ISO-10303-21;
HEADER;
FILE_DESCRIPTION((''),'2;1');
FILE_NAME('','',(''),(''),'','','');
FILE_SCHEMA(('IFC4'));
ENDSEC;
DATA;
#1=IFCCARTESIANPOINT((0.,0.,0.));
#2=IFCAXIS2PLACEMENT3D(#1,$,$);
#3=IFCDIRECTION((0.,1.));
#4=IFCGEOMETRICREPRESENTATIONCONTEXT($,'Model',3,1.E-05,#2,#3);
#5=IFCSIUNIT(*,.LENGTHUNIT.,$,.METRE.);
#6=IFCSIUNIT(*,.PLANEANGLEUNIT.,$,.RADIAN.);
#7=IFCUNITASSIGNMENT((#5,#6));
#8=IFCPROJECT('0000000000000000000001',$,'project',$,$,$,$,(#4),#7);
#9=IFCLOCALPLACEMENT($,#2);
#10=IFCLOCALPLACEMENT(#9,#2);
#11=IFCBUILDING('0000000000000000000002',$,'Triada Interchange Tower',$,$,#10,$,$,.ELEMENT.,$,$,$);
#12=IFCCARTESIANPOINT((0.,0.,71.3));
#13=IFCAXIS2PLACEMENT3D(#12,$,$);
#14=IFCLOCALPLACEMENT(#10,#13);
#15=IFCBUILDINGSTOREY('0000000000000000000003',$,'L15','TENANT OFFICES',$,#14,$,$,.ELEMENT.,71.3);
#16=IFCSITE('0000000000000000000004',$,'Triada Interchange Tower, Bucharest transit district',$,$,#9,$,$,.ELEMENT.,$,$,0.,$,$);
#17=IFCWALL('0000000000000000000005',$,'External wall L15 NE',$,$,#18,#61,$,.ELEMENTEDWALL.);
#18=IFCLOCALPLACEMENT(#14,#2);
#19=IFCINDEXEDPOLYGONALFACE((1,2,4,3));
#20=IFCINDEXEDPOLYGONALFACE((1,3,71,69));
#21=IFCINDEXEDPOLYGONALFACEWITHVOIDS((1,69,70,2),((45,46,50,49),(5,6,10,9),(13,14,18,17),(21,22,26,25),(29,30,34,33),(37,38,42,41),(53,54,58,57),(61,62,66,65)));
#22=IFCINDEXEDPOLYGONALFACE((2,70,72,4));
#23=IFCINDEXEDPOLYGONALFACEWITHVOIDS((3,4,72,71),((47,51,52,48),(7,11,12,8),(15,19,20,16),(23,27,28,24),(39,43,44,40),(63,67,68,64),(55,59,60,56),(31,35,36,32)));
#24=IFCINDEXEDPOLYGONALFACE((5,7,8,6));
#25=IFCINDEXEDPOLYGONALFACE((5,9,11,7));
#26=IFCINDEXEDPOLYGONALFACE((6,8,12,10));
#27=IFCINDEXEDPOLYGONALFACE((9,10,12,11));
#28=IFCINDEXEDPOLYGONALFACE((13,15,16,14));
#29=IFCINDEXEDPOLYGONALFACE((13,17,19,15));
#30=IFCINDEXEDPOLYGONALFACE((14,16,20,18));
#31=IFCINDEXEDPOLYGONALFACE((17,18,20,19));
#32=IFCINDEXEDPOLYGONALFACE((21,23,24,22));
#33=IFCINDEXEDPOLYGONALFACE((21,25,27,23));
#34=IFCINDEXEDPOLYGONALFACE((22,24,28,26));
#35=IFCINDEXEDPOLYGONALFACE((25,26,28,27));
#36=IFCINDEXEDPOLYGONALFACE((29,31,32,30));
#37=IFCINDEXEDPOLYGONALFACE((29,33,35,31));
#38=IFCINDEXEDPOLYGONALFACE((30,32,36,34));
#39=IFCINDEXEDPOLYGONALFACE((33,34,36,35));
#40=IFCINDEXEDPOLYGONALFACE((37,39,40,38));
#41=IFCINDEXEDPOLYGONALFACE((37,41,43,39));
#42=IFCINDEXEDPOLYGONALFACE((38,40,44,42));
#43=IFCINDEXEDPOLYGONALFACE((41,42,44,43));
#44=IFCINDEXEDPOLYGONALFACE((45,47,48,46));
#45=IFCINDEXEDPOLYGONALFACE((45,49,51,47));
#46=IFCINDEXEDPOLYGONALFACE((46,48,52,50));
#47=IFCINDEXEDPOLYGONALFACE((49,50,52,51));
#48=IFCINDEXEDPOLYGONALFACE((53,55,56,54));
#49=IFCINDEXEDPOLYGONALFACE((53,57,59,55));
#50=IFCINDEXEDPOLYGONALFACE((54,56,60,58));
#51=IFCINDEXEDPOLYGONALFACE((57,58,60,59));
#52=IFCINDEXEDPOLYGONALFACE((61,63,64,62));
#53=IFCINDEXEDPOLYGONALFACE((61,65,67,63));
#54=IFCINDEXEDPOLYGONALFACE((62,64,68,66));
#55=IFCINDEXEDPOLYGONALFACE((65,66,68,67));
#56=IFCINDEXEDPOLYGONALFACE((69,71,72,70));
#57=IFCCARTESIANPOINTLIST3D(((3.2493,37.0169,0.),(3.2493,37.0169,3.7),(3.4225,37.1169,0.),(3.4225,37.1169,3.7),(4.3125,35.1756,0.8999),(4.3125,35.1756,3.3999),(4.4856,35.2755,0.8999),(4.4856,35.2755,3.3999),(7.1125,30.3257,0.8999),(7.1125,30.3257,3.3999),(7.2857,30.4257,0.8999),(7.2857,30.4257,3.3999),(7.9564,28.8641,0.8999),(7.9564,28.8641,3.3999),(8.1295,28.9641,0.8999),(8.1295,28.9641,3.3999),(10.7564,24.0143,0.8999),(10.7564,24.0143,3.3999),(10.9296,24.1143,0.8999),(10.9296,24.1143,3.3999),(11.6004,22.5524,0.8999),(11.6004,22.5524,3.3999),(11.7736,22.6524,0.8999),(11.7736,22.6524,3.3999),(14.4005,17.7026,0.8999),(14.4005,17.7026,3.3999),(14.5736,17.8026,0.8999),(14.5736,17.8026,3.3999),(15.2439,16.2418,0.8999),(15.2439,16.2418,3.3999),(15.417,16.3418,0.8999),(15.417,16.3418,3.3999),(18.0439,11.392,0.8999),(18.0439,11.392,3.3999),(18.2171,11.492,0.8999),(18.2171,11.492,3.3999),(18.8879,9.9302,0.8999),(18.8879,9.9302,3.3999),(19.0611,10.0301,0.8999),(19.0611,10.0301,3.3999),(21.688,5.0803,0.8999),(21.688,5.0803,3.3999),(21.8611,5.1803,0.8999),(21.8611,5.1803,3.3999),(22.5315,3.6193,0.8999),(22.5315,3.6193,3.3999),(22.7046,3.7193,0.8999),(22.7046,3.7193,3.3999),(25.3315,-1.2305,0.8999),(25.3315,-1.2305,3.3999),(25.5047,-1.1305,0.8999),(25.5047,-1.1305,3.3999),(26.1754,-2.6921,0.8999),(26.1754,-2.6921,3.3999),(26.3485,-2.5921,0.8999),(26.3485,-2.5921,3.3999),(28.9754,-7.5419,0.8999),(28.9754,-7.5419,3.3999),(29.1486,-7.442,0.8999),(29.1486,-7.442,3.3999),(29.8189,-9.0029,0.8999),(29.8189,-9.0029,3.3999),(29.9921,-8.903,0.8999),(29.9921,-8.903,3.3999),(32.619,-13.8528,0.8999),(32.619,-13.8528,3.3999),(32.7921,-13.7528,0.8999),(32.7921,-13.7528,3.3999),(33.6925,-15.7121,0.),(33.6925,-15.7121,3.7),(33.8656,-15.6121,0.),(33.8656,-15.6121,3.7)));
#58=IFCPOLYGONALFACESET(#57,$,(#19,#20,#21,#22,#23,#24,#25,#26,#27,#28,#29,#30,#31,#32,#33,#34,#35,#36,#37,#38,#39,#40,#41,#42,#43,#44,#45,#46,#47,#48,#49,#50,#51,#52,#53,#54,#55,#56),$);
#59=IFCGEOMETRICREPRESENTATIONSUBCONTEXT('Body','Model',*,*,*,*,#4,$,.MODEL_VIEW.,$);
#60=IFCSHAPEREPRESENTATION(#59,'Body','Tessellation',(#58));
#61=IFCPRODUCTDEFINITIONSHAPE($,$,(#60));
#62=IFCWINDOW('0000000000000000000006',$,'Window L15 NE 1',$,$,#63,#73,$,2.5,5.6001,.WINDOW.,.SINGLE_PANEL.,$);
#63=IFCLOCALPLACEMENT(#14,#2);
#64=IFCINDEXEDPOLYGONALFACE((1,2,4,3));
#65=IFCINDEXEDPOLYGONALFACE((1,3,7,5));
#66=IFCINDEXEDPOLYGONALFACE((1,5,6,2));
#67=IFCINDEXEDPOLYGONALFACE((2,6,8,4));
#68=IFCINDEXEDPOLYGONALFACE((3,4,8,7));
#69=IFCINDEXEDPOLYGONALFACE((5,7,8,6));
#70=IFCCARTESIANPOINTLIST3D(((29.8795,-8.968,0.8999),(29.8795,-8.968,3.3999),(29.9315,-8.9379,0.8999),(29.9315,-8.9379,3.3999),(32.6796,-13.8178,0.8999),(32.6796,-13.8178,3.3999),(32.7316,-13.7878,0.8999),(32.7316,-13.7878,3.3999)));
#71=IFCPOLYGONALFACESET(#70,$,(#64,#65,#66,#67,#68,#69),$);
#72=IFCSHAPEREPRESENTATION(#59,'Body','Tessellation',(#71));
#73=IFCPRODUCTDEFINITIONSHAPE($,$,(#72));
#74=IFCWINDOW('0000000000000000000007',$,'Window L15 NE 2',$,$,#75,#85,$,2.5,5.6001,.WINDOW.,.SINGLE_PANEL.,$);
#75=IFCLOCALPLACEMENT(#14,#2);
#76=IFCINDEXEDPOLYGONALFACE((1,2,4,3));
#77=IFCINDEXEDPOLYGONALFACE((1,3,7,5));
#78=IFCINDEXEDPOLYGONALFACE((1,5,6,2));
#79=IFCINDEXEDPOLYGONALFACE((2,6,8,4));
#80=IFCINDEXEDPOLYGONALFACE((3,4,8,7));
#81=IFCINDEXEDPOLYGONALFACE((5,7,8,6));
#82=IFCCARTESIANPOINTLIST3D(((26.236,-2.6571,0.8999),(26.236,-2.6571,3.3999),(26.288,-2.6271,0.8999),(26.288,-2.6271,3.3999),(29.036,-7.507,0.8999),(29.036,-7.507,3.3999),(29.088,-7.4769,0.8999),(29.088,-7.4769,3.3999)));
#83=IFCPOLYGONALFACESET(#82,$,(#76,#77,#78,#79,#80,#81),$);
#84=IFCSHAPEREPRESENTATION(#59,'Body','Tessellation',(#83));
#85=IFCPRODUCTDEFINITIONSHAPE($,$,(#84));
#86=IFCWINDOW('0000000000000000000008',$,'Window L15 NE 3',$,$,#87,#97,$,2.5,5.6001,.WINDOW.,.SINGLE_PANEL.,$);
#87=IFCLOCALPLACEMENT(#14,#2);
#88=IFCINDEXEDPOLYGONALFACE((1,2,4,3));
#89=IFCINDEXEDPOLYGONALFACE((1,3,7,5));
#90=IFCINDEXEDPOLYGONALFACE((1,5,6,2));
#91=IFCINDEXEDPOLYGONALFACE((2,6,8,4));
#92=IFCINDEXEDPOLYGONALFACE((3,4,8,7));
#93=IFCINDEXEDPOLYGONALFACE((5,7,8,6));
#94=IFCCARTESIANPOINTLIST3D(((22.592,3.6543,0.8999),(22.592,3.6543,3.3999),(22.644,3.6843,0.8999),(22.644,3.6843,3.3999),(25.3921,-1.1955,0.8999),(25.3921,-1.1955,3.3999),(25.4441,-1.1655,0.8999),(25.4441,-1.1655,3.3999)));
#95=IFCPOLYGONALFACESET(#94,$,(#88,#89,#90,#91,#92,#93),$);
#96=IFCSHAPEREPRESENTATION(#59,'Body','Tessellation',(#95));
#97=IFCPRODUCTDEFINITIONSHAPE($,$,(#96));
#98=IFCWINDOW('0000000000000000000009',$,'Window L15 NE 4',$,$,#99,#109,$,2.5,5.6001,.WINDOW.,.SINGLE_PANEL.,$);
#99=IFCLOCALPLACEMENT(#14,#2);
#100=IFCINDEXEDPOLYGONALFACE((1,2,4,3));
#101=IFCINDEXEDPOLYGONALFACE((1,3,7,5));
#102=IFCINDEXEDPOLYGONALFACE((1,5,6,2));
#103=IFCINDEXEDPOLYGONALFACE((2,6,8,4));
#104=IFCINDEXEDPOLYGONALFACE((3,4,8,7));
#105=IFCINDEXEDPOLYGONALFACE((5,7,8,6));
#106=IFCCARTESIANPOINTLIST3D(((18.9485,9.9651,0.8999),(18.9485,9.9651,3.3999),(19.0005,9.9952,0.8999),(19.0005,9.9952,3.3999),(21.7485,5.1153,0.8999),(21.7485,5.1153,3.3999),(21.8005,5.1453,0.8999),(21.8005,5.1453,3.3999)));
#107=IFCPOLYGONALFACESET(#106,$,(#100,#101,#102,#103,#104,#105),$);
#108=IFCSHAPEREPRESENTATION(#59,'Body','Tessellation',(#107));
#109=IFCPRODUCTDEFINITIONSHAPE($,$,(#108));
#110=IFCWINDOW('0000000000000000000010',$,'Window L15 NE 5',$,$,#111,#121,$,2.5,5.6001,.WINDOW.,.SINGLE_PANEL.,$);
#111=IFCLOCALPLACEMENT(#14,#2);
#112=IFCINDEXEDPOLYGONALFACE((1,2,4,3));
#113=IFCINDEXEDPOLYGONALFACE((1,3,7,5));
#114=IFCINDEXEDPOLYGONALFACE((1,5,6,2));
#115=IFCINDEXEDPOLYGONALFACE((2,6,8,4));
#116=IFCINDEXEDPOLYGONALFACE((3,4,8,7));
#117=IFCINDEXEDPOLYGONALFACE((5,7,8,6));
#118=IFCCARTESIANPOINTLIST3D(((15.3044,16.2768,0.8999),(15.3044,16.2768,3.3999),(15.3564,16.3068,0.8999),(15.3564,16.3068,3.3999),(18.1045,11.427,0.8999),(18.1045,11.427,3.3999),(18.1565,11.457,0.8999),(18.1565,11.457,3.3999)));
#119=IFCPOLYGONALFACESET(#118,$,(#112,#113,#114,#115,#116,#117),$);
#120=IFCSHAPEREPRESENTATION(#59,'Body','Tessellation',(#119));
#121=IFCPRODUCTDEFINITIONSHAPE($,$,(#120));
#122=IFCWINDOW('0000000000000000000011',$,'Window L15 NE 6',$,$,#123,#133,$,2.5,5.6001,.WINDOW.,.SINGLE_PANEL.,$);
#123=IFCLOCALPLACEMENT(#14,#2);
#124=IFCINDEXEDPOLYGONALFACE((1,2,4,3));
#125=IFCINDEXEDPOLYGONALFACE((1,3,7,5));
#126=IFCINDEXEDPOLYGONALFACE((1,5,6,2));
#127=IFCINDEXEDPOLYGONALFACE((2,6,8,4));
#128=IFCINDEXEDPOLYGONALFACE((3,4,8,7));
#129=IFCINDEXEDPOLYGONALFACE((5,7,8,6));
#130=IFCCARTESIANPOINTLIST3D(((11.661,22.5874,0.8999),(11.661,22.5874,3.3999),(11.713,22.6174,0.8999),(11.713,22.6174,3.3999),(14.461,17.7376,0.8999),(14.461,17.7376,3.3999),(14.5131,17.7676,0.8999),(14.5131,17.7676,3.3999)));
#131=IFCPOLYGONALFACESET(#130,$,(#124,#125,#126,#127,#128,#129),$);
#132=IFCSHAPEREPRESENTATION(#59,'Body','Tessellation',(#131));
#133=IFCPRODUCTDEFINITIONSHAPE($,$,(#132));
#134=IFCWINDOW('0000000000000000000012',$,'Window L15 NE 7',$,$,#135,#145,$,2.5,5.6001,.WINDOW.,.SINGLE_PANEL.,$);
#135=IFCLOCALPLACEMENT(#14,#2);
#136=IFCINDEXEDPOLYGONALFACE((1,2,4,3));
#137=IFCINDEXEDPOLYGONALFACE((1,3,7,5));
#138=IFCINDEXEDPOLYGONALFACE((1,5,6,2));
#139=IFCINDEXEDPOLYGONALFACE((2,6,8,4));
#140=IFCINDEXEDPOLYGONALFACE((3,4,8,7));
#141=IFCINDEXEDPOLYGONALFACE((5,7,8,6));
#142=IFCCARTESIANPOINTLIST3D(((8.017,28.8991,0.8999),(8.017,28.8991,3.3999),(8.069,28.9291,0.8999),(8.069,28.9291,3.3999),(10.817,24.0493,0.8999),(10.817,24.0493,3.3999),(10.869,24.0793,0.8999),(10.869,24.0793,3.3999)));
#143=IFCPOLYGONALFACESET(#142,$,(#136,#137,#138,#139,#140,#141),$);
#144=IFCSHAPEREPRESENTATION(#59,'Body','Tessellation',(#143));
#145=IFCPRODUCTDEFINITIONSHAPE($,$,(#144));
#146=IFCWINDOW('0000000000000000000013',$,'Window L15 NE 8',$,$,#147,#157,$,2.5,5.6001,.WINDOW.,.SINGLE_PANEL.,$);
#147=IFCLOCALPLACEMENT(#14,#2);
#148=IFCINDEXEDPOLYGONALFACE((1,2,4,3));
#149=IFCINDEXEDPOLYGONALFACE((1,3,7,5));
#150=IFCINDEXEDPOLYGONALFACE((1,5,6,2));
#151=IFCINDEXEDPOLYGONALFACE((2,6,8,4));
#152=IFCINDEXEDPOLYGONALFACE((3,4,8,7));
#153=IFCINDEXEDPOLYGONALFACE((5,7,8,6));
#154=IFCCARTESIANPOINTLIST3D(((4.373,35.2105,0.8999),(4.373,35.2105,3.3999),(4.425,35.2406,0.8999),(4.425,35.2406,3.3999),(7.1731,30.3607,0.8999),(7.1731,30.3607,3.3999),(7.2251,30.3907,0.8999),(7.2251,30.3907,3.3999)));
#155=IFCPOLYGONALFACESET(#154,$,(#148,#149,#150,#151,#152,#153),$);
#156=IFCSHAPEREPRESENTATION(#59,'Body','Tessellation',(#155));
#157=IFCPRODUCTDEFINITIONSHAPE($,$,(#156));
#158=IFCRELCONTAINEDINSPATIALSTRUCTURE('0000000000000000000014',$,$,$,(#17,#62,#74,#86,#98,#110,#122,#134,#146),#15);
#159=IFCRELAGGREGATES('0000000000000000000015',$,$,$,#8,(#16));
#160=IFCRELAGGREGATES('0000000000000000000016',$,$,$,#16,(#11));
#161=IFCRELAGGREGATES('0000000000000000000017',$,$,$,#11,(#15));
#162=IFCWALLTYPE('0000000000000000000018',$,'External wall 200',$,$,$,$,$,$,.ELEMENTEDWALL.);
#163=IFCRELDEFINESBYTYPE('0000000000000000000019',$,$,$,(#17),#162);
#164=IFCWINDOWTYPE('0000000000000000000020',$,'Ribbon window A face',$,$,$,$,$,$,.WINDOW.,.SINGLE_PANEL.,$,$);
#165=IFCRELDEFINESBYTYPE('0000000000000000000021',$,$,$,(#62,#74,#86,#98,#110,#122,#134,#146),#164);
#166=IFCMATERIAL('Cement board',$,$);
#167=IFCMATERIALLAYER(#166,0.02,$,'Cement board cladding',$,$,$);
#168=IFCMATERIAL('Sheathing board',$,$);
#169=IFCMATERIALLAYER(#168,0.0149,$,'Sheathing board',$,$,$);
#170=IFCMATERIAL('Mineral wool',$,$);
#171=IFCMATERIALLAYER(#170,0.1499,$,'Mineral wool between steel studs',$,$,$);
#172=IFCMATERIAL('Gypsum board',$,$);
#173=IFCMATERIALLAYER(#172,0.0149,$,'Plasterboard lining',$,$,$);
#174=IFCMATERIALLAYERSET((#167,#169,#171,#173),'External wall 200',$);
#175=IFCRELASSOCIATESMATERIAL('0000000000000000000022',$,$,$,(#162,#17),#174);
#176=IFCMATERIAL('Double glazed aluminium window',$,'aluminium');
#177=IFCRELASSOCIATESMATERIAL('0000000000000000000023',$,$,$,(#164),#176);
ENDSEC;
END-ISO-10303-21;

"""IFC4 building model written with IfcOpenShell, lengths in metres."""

from ifc_helpers import new_model, si_unit, direction, frame, frame_2d, origin, place, context, subcontext, project, spatial, rectangle, extrude, material, layer, layer_set, layer_usage, type_object, element, fill, save


model = new_model("IFC4")

# Units and contexts
model_context = context("Model", 3, precision=1e-05, world=origin(), true_north=direction((0.0, 1.0)))
body_context = subcontext(model_context, "Body", "Model", "MODEL_VIEW")
ifc_project = project(units=[si_unit("LENGTHUNIT", "METRE"), si_unit("PLANEANGLEUNIT", "RADIAN")], contexts=[model_context])

# Site, building, storey
site_placement = place(None, origin())
site = spatial("IfcSite", under=ifc_project, at=site_placement, Name="Triada Interchange Tower, Bucharest transit district", CompositionType="ELEMENT", RefElevation=0.0)
building_placement = place(site_placement, origin())
building = spatial("IfcBuilding", under=site, at=building_placement, Name="Triada Interchange Tower", CompositionType="ELEMENT")
storey_placement = place(building_placement, frame((0.0, 0.0, 71.3)))
storey = spatial("IfcBuildingStorey", under=building, at=storey_placement, Name="L15", Description="TENANT OFFICES", CompositionType="ELEMENT", Elevation=71.3)

# Shared definitions
ifc_material_1 = material(Name="Cement board")
ifc_layer_1 = layer(ifc_material_1, 0.02, Name="Cement board cladding")
ifc_material_2 = material(Name="Sheathing board")
ifc_layer_2 = layer(ifc_material_2, 0.0149, Name="Sheathing board")
ifc_material_3 = material(Name="Mineral wool")
ifc_layer_3 = layer(ifc_material_3, 0.1499, Name="Mineral wool between steel studs")
ifc_material_4 = material(Name="Gypsum board")
ifc_layer_4 = layer(ifc_material_4, 0.0149, Name="Plasterboard lining")
ifc_layer_set_1 = layer_set([ifc_layer_1, ifc_layer_2, ifc_layer_3, ifc_layer_4], Name="External wall 200")
ifc_layer_usage = layer_usage(ifc_layer_set_1, "AXIS2", "POSITIVE", -0.1001)
wall_type = type_object("IfcWallType", Name="External wall 200", PredefinedType="ELEMENTEDWALL", material=ifc_layer_set_1)
ifc_material_5 = material(Name="Double glazed aluminium window", Category="aluminium")

# Wall, openings, windows
wall_1_placement = place(storey_placement, frame((33.7791, -15.6621, 0.0), z_axis=(0.0, 0.0, 1.0), x_axis=(-0.5, 0.866025, 0.0)))
wall_1 = element("IfcWall", 1, at=wall_1_placement, inside=storey, type_object=wall_type, material=ifc_layer_usage, Name="External wall L15 NE", PredefinedType="ELEMENTEDWALL", context=body_context, shape_type="SweptSolid", body=[
    extrude(rectangle(XDim=60.8862, YDim=0.2, at=frame_2d((30.4431, 0.0))), origin(), (0.0, 0.0, 1.0), 3.7),
])
opening_1_placement = place(wall_1_placement, frame((2.147, 0.0, 0.8999)))
opening_1 = element("IfcOpeningElement", 2, at=opening_1_placement, cuts=wall_1, PredefinedType="OPENING", context=body_context, shape_type="SweptSolid", body=[
    extrude(rectangle(XDim=5.6001, YDim=2.5, at=frame_2d((2.8, 1.25))), frame((0.0, 0.1099, 0.0), z_axis=(0.0, -1.0, 0.0), x_axis=(1.0, 0.0, 0.0)), (0.0, 0.0, 1.0), 0.22),
])
opening_2_placement = place(wall_1_placement, frame((9.4341, 0.0, 0.8999)))
opening_2 = element("IfcOpeningElement", 3, at=opening_2_placement, cuts=wall_1, PredefinedType="OPENING", context=body_context, shape_type="SweptSolid", body=[
    extrude(rectangle(XDim=5.6001, YDim=2.5, at=frame_2d((2.8, 1.25))), frame((0.0, 0.1099, 0.0), z_axis=(0.0, -1.0, 0.0), x_axis=(1.0, 0.0, 0.0)), (0.0, 0.0, 1.0), 0.22),
])
opening_3_placement = place(wall_1_placement, frame((16.7219, 0.0, 0.8999)))
opening_3 = element("IfcOpeningElement", 4, at=opening_3_placement, cuts=wall_1, PredefinedType="OPENING", context=body_context, shape_type="SweptSolid", body=[
    extrude(rectangle(XDim=5.6001, YDim=2.5, at=frame_2d((2.8, 1.25))), frame((0.0, 0.1099, 0.0), z_axis=(0.0, -1.0, 0.0), x_axis=(1.0, 0.0, 0.0)), (0.0, 0.0, 1.0), 0.22),
])
opening_4_placement = place(wall_1_placement, frame((24.009, 0.0, 0.8999)))
opening_4 = element("IfcOpeningElement", 5, at=opening_4_placement, cuts=wall_1, PredefinedType="OPENING", context=body_context, shape_type="SweptSolid", body=[
    extrude(rectangle(XDim=5.6001, YDim=2.5, at=frame_2d((2.8, 1.25))), frame((0.0, 0.1099, 0.0), z_axis=(0.0, -1.0, 0.0), x_axis=(1.0, 0.0, 0.0)), (0.0, 0.0, 1.0), 0.22),
])
opening_5_placement = place(wall_1_placement, frame((31.2971, 0.0, 0.8999)))
opening_5 = element("IfcOpeningElement", 6, at=opening_5_placement, cuts=wall_1, PredefinedType="OPENING", context=body_context, shape_type="SweptSolid", body=[
    extrude(rectangle(XDim=5.6001, YDim=2.5, at=frame_2d((2.8, 1.25))), frame((0.0, 0.1099, 0.0), z_axis=(0.0, -1.0, 0.0), x_axis=(1.0, 0.0, 0.0)), (0.0, 0.0, 1.0), 0.22),
])
opening_6_placement = place(wall_1_placement, frame((38.584, 0.0, 0.8999)))
opening_6 = element("IfcOpeningElement", 7, at=opening_6_placement, cuts=wall_1, PredefinedType="OPENING", context=body_context, shape_type="SweptSolid", body=[
    extrude(rectangle(XDim=5.6001, YDim=2.5, at=frame_2d((2.8, 1.25))), frame((0.0, 0.1099, 0.0), z_axis=(0.0, -1.0, 0.0), x_axis=(1.0, 0.0, 0.0)), (0.0, 0.0, 1.0), 0.22),
])
opening_7_placement = place(wall_1_placement, frame((45.8721, 0.0, 0.8999)))
opening_7 = element("IfcOpeningElement", 8, at=opening_7_placement, cuts=wall_1, PredefinedType="OPENING", context=body_context, shape_type="SweptSolid", body=[
    extrude(rectangle(XDim=5.6001, YDim=2.5, at=frame_2d((2.8, 1.25))), frame((0.0, 0.1099, 0.0), z_axis=(0.0, -1.0, 0.0), x_axis=(1.0, 0.0, 0.0)), (0.0, 0.0, 1.0), 0.22),
])
opening_8_placement = place(wall_1_placement, frame((53.1599, 0.0, 0.8999)))
opening_8 = element("IfcOpeningElement", 9, at=opening_8_placement, cuts=wall_1, PredefinedType="OPENING", context=body_context, shape_type="SweptSolid", body=[
    extrude(rectangle(XDim=5.6001, YDim=2.5, at=frame_2d((2.8, 1.25))), frame((0.0, 0.1099, 0.0), z_axis=(0.0, -1.0, 0.0), x_axis=(1.0, 0.0, 0.0)), (0.0, 0.0, 1.0), 0.22),
])
window_type_1 = type_object("IfcWindowType", Name="Ribbon window A face", PartitioningType="SINGLE_PANEL", PredefinedType="WINDOW", material=ifc_material_5)
window_1_placement = place(opening_1_placement, origin())
window_1 = element("IfcWindow", 10, at=window_1_placement, inside=storey, type_object=window_type_1, Name="Window L15 NE 1", OverallHeight=2.5, OverallWidth=5.6001, PartitioningType="SINGLE_PANEL", PredefinedType="WINDOW", context=body_context, shape_type="SweptSolid", body=[
    extrude(rectangle(XDim=5.6001, YDim=2.5, at=frame_2d((2.8, 1.25))), frame((0.0, 0.03, 0.0), z_axis=(0.0, -1.0, 0.0), x_axis=(1.0, 0.0, 0.0)), (0.0, 0.0, 1.0), 0.0601),
])
fill(opening_1, window_1)
window_2_placement = place(opening_2_placement, origin())
window_2 = element("IfcWindow", 11, at=window_2_placement, inside=storey, type_object=window_type_1, Name="Window L15 NE 2", OverallHeight=2.5, OverallWidth=5.6001, PartitioningType="SINGLE_PANEL", PredefinedType="WINDOW", context=body_context, shape_type="SweptSolid", body=[
    extrude(rectangle(XDim=5.6001, YDim=2.5, at=frame_2d((2.8, 1.25))), frame((0.0, 0.03, 0.0), z_axis=(0.0, -1.0, 0.0), x_axis=(1.0, 0.0, 0.0)), (0.0, 0.0, 1.0), 0.0601),
])
fill(opening_2, window_2)
window_3_placement = place(opening_3_placement, origin())
window_3 = element("IfcWindow", 12, at=window_3_placement, inside=storey, type_object=window_type_1, Name="Window L15 NE 3", OverallHeight=2.5, OverallWidth=5.6001, PartitioningType="SINGLE_PANEL", PredefinedType="WINDOW", context=body_context, shape_type="SweptSolid", body=[
    extrude(rectangle(XDim=5.6001, YDim=2.5, at=frame_2d((2.8, 1.25))), frame((0.0, 0.03, 0.0), z_axis=(0.0, -1.0, 0.0), x_axis=(1.0, 0.0, 0.0)), (0.0, 0.0, 1.0), 0.0601),
])
fill(opening_3, window_3)
window_4_placement = place(opening_4_placement, origin())
window_4 = element("IfcWindow", 13, at=window_4_placement, inside=storey, type_object=window_type_1, Name="Window L15 NE 4", OverallHeight=2.5, OverallWidth=5.6001, PartitioningType="SINGLE_PANEL", PredefinedType="WINDOW", context=body_context, shape_type="SweptSolid", body=[
    extrude(rectangle(XDim=5.6001, YDim=2.5, at=frame_2d((2.8, 1.25))), frame((0.0, 0.03, 0.0), z_axis=(0.0, -1.0, 0.0), x_axis=(1.0, 0.0, 0.0)), (0.0, 0.0, 1.0), 0.0601),
])
fill(opening_4, window_4)
window_5_placement = place(opening_5_placement, origin())
window_5 = element("IfcWindow", 14, at=window_5_placement, inside=storey, type_object=window_type_1, Name="Window L15 NE 5", OverallHeight=2.5, OverallWidth=5.6001, PartitioningType="SINGLE_PANEL", PredefinedType="WINDOW", context=body_context, shape_type="SweptSolid", body=[
    extrude(rectangle(XDim=5.6001, YDim=2.5, at=frame_2d((2.8, 1.25))), frame((0.0, 0.03, 0.0), z_axis=(0.0, -1.0, 0.0), x_axis=(1.0, 0.0, 0.0)), (0.0, 0.0, 1.0), 0.0601),
])
fill(opening_5, window_5)
window_6_placement = place(opening_6_placement, origin())
window_6 = element("IfcWindow", 15, at=window_6_placement, inside=storey, type_object=window_type_1, Name="Window L15 NE 6", OverallHeight=2.5, OverallWidth=5.6001, PartitioningType="SINGLE_PANEL", PredefinedType="WINDOW", context=body_context, shape_type="SweptSolid", body=[
    extrude(rectangle(XDim=5.6001, YDim=2.5, at=frame_2d((2.8, 1.25))), frame((0.0, 0.03, 0.0), z_axis=(0.0, -1.0, 0.0), x_axis=(1.0, 0.0, 0.0)), (0.0, 0.0, 1.0), 0.0601),
])
fill(opening_6, window_6)
window_7_placement = place(opening_7_placement, origin())
window_7 = element("IfcWindow", 16, at=window_7_placement, inside=storey, type_object=window_type_1, Name="Window L15 NE 7", OverallHeight=2.5, OverallWidth=5.6001, PartitioningType="SINGLE_PANEL", PredefinedType="WINDOW", context=body_context, shape_type="SweptSolid", body=[
    extrude(rectangle(XDim=5.6001, YDim=2.5, at=frame_2d((2.8, 1.25))), frame((0.0, 0.03, 0.0), z_axis=(0.0, -1.0, 0.0), x_axis=(1.0, 0.0, 0.0)), (0.0, 0.0, 1.0), 0.0601),
])
fill(opening_7, window_7)
window_8_placement = place(opening_8_placement, origin())
window_8 = element("IfcWindow", 17, at=window_8_placement, inside=storey, type_object=window_type_1, Name="Window L15 NE 8", OverallHeight=2.5, OverallWidth=5.6001, PartitioningType="SINGLE_PANEL", PredefinedType="WINDOW", context=body_context, shape_type="SweptSolid", body=[
    extrude(rectangle(XDim=5.6001, YDim=2.5, at=frame_2d((2.8, 1.25))), frame((0.0, 0.03, 0.0), z_axis=(0.0, -1.0, 0.0), x_axis=(1.0, 0.0, 0.0)), (0.0, 0.0, 1.0), 0.0601),
])
fill(opening_8, window_8)

save(model, "model.ifc")
